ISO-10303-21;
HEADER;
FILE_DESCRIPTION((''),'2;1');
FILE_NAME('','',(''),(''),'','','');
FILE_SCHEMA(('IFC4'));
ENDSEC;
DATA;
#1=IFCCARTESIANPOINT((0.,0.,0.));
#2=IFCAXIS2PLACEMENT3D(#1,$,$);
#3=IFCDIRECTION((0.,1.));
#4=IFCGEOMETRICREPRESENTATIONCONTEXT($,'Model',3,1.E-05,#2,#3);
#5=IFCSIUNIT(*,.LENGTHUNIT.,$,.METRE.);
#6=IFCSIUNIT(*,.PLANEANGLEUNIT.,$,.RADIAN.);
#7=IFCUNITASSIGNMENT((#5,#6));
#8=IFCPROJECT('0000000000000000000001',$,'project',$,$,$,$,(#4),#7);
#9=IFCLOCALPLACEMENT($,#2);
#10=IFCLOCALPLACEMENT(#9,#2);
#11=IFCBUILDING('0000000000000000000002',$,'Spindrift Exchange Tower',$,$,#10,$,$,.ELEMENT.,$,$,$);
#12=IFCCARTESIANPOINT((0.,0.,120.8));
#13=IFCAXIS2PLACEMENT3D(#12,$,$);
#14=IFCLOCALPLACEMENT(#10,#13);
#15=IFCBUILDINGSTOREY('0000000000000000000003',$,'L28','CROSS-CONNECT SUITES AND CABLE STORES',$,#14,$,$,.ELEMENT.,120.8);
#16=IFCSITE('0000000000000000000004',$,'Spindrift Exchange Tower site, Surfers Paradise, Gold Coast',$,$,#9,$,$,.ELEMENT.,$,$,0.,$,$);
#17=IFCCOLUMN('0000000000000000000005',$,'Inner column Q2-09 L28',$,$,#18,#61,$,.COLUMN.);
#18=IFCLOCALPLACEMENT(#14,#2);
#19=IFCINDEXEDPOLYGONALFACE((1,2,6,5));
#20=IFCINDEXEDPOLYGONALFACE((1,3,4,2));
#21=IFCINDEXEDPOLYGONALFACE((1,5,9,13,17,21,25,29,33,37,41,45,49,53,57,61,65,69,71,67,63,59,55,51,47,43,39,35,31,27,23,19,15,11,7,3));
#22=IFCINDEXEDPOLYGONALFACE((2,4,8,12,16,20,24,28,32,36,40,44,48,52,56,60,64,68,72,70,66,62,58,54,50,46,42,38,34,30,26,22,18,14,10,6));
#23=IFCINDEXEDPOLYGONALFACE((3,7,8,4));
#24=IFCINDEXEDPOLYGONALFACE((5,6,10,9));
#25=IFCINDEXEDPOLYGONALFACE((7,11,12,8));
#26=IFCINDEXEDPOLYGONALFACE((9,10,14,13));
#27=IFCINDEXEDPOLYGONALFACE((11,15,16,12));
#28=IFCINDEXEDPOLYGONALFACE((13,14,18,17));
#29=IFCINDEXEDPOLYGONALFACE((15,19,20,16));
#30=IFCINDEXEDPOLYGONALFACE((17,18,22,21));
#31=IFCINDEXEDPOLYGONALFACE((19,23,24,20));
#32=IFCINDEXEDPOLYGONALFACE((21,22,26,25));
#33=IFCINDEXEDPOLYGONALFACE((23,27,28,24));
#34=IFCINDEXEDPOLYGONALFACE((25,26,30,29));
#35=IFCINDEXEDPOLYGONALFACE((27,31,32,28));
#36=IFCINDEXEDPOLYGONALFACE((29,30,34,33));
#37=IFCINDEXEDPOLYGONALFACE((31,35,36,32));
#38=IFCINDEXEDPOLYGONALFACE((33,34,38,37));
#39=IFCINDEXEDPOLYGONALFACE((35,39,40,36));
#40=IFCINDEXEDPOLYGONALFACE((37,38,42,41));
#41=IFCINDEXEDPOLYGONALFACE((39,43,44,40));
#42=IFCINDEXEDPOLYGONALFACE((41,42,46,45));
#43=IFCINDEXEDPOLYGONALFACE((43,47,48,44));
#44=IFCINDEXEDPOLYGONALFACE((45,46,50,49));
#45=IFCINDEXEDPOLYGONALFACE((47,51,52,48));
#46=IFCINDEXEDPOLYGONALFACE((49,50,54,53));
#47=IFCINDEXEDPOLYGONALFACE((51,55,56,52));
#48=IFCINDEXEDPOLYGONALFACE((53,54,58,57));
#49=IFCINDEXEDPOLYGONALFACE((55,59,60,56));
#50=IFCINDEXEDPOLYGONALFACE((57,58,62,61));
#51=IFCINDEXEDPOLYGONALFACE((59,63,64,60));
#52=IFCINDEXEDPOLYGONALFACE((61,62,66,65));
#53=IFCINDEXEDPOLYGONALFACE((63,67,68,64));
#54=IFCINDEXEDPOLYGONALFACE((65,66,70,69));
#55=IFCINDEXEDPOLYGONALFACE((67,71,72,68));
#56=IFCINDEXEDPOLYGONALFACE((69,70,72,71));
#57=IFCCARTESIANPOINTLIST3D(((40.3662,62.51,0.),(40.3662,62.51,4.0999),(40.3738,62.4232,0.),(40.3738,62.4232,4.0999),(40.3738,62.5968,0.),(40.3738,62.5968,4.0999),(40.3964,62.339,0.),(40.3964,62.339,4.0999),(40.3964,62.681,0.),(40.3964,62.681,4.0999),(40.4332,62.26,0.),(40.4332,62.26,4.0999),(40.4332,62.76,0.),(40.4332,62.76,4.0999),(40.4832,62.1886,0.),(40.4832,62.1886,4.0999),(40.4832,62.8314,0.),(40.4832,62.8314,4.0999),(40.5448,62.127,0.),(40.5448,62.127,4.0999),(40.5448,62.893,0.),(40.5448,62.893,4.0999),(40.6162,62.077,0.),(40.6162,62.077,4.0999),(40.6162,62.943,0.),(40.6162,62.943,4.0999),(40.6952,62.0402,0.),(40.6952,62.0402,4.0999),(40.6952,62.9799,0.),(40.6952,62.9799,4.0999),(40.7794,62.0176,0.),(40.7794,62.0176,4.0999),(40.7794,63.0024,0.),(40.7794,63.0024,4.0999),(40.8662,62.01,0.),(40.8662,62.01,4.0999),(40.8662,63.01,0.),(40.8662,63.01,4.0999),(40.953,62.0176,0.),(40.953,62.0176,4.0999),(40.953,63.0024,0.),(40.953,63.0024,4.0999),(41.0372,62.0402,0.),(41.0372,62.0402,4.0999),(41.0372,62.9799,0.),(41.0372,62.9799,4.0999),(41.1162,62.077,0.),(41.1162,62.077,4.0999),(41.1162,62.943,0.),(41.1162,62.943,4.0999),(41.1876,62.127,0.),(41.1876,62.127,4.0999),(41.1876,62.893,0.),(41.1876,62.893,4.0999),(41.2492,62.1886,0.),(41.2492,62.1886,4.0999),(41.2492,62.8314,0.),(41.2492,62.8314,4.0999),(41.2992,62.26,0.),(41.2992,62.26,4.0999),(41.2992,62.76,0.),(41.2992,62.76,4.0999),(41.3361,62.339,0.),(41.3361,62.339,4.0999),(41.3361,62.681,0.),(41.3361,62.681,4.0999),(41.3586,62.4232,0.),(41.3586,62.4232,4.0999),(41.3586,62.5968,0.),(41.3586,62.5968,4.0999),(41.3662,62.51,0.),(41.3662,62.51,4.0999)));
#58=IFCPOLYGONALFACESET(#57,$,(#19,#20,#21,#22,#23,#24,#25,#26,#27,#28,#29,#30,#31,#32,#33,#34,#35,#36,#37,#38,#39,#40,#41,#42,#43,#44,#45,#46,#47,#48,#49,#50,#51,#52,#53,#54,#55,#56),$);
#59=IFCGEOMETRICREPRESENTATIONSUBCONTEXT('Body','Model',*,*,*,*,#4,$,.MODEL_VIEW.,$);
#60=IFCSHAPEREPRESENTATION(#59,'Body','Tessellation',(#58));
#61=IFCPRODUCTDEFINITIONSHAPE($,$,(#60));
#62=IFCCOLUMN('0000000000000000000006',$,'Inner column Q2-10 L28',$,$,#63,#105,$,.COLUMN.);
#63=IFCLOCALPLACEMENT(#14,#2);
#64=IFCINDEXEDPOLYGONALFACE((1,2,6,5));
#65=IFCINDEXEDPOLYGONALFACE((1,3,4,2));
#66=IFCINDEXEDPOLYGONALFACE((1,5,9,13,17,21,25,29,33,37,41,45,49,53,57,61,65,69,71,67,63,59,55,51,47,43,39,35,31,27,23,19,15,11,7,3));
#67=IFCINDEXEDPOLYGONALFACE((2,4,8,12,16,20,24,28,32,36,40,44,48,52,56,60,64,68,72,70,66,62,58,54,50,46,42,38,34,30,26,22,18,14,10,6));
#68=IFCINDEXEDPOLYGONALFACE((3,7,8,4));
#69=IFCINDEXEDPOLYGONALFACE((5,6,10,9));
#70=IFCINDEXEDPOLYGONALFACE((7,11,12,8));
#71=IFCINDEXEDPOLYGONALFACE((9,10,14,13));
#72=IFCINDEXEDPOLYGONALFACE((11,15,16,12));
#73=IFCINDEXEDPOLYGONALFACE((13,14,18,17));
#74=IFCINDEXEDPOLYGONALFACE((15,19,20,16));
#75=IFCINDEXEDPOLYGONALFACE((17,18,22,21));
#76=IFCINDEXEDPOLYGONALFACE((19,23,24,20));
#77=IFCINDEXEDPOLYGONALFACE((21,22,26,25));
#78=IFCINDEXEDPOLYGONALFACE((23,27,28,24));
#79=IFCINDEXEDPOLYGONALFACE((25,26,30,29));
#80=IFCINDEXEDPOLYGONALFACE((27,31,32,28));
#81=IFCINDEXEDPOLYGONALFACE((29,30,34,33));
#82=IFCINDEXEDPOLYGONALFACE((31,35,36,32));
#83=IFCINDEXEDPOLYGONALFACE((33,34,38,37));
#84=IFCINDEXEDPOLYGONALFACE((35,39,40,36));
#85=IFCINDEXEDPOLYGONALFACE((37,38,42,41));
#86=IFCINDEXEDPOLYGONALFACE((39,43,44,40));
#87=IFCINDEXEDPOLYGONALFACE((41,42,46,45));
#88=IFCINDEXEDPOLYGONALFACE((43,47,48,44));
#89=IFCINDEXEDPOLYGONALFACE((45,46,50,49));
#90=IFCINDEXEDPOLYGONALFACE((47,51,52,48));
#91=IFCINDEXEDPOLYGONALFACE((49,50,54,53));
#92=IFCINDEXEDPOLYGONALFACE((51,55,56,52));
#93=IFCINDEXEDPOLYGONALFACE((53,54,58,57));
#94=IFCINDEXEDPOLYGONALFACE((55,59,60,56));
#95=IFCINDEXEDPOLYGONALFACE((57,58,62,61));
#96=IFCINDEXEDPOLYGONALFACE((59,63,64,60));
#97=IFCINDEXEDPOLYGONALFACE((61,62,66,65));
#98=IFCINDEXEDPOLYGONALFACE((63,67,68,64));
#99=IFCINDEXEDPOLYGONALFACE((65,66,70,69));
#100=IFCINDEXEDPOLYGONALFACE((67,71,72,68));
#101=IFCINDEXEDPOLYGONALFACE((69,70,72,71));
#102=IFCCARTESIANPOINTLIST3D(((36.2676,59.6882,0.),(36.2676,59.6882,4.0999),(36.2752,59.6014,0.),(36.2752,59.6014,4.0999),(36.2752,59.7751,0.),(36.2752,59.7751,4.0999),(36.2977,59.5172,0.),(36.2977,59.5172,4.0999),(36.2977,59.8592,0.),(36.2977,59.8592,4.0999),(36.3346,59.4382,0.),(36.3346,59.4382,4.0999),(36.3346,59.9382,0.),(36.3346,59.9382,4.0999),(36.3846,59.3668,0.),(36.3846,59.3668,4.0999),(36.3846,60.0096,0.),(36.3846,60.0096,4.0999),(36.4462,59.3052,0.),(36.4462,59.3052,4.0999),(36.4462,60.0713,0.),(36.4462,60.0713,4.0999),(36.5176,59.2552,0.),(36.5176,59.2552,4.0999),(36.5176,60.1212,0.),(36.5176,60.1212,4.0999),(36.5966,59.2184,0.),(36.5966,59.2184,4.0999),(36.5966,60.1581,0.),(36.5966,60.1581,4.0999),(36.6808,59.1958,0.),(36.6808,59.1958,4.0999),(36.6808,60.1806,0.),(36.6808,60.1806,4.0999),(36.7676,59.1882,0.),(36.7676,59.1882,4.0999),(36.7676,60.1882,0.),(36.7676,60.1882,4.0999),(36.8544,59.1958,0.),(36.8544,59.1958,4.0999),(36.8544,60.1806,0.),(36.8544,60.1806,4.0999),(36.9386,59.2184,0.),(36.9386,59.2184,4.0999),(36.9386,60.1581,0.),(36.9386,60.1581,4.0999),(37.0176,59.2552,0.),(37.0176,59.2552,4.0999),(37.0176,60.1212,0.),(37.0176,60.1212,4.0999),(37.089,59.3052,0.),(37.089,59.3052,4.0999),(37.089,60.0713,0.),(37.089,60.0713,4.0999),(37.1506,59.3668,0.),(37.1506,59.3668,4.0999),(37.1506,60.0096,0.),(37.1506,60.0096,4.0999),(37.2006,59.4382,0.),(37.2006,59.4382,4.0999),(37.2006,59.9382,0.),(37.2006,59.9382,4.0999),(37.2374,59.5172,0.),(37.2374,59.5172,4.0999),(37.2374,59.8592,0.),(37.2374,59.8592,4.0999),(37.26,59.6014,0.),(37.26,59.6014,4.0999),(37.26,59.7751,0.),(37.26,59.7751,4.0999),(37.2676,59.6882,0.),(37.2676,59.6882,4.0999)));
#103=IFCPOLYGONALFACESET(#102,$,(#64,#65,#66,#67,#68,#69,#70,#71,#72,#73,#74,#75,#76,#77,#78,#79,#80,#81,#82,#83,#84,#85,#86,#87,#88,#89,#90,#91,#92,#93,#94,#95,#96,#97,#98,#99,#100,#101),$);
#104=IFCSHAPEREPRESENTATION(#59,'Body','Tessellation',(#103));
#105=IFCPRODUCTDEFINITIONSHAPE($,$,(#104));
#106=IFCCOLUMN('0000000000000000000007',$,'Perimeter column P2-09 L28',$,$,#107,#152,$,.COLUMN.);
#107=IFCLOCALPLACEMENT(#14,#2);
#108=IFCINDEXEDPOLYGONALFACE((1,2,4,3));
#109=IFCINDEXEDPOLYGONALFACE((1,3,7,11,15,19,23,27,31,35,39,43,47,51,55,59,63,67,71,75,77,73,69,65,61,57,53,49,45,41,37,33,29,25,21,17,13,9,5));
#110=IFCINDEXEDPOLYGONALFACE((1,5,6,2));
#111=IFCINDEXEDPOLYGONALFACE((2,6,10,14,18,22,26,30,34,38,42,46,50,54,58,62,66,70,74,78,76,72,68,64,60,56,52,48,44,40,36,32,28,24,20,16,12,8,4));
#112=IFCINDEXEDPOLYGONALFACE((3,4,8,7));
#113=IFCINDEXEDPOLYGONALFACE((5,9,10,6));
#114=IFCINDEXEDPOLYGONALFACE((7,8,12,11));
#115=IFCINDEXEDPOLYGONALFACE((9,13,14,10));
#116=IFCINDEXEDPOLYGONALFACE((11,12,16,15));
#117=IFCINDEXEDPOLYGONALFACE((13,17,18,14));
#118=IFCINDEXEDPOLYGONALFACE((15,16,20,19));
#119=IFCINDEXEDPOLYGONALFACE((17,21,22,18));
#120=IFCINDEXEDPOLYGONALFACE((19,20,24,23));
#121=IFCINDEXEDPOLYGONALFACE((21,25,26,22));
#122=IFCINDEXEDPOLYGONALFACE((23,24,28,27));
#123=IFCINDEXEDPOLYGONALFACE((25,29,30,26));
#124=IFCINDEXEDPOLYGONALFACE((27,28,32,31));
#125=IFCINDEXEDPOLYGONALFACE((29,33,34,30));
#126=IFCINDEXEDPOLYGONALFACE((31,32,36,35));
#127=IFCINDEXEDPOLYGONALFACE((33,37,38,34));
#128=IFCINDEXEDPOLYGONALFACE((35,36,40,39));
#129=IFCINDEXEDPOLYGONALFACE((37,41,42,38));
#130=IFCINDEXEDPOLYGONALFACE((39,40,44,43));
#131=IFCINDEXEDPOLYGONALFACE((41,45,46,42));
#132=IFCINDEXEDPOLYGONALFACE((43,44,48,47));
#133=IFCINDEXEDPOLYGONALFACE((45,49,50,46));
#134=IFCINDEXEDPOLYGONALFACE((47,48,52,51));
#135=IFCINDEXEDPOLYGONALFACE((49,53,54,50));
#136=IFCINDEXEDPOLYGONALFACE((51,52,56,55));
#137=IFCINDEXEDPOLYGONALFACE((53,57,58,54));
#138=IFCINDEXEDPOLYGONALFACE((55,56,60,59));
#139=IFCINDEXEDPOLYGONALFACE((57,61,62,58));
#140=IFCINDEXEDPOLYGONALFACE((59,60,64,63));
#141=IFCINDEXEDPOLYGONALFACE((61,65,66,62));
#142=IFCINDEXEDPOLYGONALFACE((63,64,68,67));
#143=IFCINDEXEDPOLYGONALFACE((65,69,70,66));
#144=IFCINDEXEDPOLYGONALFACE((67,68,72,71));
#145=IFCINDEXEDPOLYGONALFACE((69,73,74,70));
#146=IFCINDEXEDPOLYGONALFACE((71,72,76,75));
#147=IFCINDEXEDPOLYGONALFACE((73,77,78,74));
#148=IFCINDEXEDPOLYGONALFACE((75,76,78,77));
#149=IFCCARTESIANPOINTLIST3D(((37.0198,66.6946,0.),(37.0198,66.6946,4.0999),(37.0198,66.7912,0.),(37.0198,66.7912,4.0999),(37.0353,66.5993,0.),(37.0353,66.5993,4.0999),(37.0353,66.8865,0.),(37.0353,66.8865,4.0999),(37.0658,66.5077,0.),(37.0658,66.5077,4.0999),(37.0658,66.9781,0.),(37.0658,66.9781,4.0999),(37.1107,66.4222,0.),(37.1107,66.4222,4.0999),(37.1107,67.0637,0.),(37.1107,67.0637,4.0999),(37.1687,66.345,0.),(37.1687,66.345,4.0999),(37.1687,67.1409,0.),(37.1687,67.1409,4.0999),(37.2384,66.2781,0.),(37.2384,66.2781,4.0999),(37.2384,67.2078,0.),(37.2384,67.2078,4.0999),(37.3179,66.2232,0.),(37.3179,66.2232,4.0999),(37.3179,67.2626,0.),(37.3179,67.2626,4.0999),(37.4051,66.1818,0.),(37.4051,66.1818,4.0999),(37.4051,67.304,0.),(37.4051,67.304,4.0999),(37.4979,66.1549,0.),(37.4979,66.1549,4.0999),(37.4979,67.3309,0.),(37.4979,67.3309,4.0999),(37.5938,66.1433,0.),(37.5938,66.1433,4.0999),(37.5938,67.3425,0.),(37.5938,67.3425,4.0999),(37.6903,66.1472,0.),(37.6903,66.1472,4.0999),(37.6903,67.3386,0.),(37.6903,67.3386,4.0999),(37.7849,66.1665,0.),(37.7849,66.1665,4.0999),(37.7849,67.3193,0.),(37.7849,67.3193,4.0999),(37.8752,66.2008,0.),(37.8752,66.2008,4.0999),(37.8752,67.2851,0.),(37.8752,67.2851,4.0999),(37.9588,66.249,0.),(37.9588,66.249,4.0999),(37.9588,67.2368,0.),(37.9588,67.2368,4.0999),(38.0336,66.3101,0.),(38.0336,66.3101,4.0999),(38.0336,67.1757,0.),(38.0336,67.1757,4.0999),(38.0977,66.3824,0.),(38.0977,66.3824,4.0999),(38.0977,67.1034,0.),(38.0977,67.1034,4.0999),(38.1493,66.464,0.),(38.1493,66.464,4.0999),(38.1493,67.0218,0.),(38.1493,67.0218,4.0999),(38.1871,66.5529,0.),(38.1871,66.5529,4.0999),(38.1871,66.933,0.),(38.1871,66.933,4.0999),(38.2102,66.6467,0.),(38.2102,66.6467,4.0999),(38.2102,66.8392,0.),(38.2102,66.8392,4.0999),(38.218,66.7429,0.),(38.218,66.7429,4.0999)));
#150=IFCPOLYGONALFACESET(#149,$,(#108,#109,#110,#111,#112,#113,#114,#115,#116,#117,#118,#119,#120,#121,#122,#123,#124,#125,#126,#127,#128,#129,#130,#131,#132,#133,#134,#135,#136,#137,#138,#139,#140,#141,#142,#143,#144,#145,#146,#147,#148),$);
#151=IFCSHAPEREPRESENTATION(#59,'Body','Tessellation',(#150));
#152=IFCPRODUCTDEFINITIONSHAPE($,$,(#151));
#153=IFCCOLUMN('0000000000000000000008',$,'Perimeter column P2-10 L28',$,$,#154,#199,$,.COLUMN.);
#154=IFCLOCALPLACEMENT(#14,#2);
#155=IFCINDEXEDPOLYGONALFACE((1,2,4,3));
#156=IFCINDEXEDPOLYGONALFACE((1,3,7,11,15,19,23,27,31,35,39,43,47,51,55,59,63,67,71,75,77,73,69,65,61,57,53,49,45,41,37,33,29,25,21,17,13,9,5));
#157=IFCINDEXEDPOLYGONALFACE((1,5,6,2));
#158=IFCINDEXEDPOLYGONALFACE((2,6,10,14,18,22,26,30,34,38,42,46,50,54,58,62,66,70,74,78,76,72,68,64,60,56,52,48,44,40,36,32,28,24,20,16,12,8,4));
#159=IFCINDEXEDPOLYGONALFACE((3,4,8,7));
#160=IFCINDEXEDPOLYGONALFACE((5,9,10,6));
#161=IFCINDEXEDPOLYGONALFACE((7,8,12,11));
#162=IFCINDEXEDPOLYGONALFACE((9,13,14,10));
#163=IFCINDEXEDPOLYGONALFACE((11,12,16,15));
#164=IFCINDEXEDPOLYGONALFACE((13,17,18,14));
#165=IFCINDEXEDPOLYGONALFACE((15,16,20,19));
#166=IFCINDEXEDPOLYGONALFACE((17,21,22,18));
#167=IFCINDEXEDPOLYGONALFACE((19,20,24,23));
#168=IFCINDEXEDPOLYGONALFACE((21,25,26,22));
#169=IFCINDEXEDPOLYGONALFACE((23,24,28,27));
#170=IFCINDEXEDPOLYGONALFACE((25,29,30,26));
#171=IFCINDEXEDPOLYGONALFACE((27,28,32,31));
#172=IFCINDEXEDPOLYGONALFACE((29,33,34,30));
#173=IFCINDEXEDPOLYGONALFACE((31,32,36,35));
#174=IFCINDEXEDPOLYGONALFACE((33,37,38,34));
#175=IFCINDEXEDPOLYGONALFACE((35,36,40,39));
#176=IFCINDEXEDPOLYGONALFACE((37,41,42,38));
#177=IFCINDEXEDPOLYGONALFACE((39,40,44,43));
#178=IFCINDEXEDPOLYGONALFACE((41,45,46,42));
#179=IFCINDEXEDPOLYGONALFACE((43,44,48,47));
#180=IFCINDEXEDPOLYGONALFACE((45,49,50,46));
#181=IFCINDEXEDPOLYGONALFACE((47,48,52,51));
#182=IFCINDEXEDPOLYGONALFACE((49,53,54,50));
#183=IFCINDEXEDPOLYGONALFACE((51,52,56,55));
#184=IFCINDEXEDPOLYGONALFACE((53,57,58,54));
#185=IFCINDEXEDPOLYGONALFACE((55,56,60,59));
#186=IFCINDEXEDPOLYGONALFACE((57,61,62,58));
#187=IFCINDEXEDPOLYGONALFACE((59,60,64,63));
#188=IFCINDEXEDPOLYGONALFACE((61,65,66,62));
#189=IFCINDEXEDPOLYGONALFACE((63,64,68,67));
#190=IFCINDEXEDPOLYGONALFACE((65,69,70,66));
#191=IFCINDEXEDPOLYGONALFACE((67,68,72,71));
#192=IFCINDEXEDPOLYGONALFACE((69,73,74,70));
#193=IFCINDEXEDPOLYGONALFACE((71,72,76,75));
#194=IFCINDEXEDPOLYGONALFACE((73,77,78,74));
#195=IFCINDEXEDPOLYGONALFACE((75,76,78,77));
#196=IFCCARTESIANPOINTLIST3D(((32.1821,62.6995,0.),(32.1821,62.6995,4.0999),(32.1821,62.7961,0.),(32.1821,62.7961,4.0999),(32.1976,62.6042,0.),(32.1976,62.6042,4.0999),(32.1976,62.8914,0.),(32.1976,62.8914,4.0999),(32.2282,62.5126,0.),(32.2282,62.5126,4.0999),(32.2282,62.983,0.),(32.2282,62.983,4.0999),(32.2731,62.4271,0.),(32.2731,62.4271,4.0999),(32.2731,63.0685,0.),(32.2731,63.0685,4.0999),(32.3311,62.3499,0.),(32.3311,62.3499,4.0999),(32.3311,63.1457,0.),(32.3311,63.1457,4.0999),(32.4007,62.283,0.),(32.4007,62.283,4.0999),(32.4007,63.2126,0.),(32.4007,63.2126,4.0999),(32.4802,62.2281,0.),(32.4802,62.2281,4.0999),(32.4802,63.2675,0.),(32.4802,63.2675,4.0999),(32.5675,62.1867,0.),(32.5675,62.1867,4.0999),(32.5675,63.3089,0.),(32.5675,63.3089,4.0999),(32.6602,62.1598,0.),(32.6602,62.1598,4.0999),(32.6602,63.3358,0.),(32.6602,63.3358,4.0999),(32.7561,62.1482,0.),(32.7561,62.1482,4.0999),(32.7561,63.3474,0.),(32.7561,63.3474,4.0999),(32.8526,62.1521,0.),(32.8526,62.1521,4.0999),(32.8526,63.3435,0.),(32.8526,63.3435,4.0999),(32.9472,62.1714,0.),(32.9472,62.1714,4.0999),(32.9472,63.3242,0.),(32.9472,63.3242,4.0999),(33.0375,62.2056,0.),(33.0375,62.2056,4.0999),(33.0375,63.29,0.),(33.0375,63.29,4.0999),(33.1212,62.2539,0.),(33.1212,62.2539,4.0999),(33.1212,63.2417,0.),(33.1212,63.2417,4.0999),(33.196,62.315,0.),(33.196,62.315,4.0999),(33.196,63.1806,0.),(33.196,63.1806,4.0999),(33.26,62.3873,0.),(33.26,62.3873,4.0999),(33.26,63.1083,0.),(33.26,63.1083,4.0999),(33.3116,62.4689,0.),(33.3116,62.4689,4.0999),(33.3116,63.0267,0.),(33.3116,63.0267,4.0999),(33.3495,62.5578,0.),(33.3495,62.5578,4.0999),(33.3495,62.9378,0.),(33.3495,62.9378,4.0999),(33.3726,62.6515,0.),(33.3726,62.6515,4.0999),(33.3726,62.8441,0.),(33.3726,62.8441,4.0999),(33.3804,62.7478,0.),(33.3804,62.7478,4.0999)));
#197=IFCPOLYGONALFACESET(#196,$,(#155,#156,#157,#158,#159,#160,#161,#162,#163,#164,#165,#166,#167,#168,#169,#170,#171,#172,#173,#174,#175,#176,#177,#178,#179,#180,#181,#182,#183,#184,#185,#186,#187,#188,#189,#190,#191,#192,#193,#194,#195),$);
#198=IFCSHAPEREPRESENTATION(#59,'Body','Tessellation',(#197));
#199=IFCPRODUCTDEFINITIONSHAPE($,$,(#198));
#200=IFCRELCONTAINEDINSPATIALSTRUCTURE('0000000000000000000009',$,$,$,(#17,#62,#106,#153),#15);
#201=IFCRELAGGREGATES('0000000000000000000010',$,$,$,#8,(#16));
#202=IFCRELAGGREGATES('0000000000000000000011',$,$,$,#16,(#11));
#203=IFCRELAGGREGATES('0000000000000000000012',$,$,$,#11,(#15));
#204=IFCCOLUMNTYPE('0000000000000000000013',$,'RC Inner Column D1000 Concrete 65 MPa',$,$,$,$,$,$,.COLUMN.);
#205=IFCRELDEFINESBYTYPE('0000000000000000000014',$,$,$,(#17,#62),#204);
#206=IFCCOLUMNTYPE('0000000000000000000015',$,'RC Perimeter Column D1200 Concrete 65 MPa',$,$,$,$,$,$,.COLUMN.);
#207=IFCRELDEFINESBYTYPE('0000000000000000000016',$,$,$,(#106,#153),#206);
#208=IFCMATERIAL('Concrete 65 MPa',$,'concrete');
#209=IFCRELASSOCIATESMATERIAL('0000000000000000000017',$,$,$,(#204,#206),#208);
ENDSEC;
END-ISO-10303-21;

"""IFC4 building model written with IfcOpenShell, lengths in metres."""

from ifc_helpers import new_model, si_unit, direction, frame, origin, origin_2d, place, context, subcontext, project, spatial, circle, extrude, source, transform, mapped, material, material_profile, profile_set, type_object, element, save


model = new_model("IFC4")

# Units and contexts
model_context = context("Model", 3, precision=1e-05, world=origin(), true_north=direction((0.0, 1.0)))
body_context = subcontext(model_context, "Body", "Model", "MODEL_VIEW")
ifc_project = project(units=[si_unit("LENGTHUNIT", "METRE"), si_unit("PLANEANGLEUNIT", "RADIAN")], contexts=[model_context])

# Site, building, storey
site_placement = place(None, origin())
site = spatial("IfcSite", under=ifc_project, at=site_placement, Name="Spindrift Exchange Tower site, Surfers Paradise, Gold Coast", CompositionType="ELEMENT", RefElevation=0.0)
building_placement = place(site_placement, origin())
building = spatial("IfcBuilding", under=site, at=building_placement, Name="Spindrift Exchange Tower", CompositionType="ELEMENT")
storey_placement = place(building_placement, frame((0.0, 0.0, 120.8)))
storey = spatial("IfcBuildingStorey", under=building, at=storey_placement, Name="L28", Description="CROSS-CONNECT SUITES AND CABLE STORES", CompositionType="ELEMENT", Elevation=120.8)

# Columns
ifc_material_1 = material(Name="Concrete 65 MPa", Category="concrete")
ifc_material_profile_1 = material_profile(ifc_material_1, circle(Radius=0.5, at=origin_2d()), Name="RC D1000")
ifc_profile_set_1 = profile_set([ifc_material_profile_1], Name="Concrete 65 MPa")
column_type_1 = type_object("IfcColumnType", Name="RC Inner Column D1000 Concrete 65 MPa", PredefinedType="COLUMN", material=ifc_profile_set_1)
shared_shape_1 = source(origin(), body_context, "Body", "SweptSolid", [
    extrude(circle(Radius=0.5, at=origin_2d()), origin(), (0.0, 0.0, 1.0), 4.0999),
])
for number, where, z_axis, x_axis, name in (
    (1, (40.8662, 62.51, 0.0), (0.0, 0.0, 1.0), (1.0, 0.0, 0.0), "Inner column Q2-09 L28"),
    (2, (36.7676, 59.6882, 0.0), (0.0, 0.0, 1.0), (1.0, 0.0, 0.0), "Inner column Q2-10 L28"),
):
    element("IfcColumn", number, at=place(storey_placement, frame(where, z_axis=z_axis, x_axis=x_axis)), inside=storey, type_object=column_type_1, Name=name, PredefinedType="COLUMN", context=body_context, shape_type="MappedRepresentation", body=[
        mapped(shared_shape_1, transform((0.0, 0.0, 0.0), scale=1.0)),
    ])
ifc_material_profile_2 = material_profile(ifc_material_1, circle(Radius=0.6001, at=origin_2d()), Name="RC D1200")
ifc_profile_set_2 = profile_set([ifc_material_profile_2], Name="Concrete 65 MPa")
column_type_2 = type_object("IfcColumnType", Name="RC Perimeter Column D1200 Concrete 65 MPa", PredefinedType="COLUMN", material=ifc_profile_set_2)
shared_shape_2 = source(origin(), body_context, "Body", "SweptSolid", [
    extrude(circle(Radius=0.6001, at=origin_2d()), origin(), (0.0, 0.0, 1.0), 4.0999),
])
for number, where, z_axis, x_axis, name in (
    (3, (37.6179, 66.7429, 0.0), (0.0, 0.0, 1.0), (1.0, 0.0, 0.0), "Perimeter column P2-09 L28"),
    (4, (32.7803, 62.7478, 0.0), (0.0, 0.0, 1.0), (1.0, 0.0, 0.0), "Perimeter column P2-10 L28"),
):
    element("IfcColumn", number, at=place(storey_placement, frame(where, z_axis=z_axis, x_axis=x_axis)), inside=storey, type_object=column_type_2, Name=name, PredefinedType="COLUMN", context=body_context, shape_type="MappedRepresentation", body=[
        mapped(shared_shape_2, transform((0.0, 0.0, 0.0), scale=1.0)),
    ])

save(model, "model.ifc")
